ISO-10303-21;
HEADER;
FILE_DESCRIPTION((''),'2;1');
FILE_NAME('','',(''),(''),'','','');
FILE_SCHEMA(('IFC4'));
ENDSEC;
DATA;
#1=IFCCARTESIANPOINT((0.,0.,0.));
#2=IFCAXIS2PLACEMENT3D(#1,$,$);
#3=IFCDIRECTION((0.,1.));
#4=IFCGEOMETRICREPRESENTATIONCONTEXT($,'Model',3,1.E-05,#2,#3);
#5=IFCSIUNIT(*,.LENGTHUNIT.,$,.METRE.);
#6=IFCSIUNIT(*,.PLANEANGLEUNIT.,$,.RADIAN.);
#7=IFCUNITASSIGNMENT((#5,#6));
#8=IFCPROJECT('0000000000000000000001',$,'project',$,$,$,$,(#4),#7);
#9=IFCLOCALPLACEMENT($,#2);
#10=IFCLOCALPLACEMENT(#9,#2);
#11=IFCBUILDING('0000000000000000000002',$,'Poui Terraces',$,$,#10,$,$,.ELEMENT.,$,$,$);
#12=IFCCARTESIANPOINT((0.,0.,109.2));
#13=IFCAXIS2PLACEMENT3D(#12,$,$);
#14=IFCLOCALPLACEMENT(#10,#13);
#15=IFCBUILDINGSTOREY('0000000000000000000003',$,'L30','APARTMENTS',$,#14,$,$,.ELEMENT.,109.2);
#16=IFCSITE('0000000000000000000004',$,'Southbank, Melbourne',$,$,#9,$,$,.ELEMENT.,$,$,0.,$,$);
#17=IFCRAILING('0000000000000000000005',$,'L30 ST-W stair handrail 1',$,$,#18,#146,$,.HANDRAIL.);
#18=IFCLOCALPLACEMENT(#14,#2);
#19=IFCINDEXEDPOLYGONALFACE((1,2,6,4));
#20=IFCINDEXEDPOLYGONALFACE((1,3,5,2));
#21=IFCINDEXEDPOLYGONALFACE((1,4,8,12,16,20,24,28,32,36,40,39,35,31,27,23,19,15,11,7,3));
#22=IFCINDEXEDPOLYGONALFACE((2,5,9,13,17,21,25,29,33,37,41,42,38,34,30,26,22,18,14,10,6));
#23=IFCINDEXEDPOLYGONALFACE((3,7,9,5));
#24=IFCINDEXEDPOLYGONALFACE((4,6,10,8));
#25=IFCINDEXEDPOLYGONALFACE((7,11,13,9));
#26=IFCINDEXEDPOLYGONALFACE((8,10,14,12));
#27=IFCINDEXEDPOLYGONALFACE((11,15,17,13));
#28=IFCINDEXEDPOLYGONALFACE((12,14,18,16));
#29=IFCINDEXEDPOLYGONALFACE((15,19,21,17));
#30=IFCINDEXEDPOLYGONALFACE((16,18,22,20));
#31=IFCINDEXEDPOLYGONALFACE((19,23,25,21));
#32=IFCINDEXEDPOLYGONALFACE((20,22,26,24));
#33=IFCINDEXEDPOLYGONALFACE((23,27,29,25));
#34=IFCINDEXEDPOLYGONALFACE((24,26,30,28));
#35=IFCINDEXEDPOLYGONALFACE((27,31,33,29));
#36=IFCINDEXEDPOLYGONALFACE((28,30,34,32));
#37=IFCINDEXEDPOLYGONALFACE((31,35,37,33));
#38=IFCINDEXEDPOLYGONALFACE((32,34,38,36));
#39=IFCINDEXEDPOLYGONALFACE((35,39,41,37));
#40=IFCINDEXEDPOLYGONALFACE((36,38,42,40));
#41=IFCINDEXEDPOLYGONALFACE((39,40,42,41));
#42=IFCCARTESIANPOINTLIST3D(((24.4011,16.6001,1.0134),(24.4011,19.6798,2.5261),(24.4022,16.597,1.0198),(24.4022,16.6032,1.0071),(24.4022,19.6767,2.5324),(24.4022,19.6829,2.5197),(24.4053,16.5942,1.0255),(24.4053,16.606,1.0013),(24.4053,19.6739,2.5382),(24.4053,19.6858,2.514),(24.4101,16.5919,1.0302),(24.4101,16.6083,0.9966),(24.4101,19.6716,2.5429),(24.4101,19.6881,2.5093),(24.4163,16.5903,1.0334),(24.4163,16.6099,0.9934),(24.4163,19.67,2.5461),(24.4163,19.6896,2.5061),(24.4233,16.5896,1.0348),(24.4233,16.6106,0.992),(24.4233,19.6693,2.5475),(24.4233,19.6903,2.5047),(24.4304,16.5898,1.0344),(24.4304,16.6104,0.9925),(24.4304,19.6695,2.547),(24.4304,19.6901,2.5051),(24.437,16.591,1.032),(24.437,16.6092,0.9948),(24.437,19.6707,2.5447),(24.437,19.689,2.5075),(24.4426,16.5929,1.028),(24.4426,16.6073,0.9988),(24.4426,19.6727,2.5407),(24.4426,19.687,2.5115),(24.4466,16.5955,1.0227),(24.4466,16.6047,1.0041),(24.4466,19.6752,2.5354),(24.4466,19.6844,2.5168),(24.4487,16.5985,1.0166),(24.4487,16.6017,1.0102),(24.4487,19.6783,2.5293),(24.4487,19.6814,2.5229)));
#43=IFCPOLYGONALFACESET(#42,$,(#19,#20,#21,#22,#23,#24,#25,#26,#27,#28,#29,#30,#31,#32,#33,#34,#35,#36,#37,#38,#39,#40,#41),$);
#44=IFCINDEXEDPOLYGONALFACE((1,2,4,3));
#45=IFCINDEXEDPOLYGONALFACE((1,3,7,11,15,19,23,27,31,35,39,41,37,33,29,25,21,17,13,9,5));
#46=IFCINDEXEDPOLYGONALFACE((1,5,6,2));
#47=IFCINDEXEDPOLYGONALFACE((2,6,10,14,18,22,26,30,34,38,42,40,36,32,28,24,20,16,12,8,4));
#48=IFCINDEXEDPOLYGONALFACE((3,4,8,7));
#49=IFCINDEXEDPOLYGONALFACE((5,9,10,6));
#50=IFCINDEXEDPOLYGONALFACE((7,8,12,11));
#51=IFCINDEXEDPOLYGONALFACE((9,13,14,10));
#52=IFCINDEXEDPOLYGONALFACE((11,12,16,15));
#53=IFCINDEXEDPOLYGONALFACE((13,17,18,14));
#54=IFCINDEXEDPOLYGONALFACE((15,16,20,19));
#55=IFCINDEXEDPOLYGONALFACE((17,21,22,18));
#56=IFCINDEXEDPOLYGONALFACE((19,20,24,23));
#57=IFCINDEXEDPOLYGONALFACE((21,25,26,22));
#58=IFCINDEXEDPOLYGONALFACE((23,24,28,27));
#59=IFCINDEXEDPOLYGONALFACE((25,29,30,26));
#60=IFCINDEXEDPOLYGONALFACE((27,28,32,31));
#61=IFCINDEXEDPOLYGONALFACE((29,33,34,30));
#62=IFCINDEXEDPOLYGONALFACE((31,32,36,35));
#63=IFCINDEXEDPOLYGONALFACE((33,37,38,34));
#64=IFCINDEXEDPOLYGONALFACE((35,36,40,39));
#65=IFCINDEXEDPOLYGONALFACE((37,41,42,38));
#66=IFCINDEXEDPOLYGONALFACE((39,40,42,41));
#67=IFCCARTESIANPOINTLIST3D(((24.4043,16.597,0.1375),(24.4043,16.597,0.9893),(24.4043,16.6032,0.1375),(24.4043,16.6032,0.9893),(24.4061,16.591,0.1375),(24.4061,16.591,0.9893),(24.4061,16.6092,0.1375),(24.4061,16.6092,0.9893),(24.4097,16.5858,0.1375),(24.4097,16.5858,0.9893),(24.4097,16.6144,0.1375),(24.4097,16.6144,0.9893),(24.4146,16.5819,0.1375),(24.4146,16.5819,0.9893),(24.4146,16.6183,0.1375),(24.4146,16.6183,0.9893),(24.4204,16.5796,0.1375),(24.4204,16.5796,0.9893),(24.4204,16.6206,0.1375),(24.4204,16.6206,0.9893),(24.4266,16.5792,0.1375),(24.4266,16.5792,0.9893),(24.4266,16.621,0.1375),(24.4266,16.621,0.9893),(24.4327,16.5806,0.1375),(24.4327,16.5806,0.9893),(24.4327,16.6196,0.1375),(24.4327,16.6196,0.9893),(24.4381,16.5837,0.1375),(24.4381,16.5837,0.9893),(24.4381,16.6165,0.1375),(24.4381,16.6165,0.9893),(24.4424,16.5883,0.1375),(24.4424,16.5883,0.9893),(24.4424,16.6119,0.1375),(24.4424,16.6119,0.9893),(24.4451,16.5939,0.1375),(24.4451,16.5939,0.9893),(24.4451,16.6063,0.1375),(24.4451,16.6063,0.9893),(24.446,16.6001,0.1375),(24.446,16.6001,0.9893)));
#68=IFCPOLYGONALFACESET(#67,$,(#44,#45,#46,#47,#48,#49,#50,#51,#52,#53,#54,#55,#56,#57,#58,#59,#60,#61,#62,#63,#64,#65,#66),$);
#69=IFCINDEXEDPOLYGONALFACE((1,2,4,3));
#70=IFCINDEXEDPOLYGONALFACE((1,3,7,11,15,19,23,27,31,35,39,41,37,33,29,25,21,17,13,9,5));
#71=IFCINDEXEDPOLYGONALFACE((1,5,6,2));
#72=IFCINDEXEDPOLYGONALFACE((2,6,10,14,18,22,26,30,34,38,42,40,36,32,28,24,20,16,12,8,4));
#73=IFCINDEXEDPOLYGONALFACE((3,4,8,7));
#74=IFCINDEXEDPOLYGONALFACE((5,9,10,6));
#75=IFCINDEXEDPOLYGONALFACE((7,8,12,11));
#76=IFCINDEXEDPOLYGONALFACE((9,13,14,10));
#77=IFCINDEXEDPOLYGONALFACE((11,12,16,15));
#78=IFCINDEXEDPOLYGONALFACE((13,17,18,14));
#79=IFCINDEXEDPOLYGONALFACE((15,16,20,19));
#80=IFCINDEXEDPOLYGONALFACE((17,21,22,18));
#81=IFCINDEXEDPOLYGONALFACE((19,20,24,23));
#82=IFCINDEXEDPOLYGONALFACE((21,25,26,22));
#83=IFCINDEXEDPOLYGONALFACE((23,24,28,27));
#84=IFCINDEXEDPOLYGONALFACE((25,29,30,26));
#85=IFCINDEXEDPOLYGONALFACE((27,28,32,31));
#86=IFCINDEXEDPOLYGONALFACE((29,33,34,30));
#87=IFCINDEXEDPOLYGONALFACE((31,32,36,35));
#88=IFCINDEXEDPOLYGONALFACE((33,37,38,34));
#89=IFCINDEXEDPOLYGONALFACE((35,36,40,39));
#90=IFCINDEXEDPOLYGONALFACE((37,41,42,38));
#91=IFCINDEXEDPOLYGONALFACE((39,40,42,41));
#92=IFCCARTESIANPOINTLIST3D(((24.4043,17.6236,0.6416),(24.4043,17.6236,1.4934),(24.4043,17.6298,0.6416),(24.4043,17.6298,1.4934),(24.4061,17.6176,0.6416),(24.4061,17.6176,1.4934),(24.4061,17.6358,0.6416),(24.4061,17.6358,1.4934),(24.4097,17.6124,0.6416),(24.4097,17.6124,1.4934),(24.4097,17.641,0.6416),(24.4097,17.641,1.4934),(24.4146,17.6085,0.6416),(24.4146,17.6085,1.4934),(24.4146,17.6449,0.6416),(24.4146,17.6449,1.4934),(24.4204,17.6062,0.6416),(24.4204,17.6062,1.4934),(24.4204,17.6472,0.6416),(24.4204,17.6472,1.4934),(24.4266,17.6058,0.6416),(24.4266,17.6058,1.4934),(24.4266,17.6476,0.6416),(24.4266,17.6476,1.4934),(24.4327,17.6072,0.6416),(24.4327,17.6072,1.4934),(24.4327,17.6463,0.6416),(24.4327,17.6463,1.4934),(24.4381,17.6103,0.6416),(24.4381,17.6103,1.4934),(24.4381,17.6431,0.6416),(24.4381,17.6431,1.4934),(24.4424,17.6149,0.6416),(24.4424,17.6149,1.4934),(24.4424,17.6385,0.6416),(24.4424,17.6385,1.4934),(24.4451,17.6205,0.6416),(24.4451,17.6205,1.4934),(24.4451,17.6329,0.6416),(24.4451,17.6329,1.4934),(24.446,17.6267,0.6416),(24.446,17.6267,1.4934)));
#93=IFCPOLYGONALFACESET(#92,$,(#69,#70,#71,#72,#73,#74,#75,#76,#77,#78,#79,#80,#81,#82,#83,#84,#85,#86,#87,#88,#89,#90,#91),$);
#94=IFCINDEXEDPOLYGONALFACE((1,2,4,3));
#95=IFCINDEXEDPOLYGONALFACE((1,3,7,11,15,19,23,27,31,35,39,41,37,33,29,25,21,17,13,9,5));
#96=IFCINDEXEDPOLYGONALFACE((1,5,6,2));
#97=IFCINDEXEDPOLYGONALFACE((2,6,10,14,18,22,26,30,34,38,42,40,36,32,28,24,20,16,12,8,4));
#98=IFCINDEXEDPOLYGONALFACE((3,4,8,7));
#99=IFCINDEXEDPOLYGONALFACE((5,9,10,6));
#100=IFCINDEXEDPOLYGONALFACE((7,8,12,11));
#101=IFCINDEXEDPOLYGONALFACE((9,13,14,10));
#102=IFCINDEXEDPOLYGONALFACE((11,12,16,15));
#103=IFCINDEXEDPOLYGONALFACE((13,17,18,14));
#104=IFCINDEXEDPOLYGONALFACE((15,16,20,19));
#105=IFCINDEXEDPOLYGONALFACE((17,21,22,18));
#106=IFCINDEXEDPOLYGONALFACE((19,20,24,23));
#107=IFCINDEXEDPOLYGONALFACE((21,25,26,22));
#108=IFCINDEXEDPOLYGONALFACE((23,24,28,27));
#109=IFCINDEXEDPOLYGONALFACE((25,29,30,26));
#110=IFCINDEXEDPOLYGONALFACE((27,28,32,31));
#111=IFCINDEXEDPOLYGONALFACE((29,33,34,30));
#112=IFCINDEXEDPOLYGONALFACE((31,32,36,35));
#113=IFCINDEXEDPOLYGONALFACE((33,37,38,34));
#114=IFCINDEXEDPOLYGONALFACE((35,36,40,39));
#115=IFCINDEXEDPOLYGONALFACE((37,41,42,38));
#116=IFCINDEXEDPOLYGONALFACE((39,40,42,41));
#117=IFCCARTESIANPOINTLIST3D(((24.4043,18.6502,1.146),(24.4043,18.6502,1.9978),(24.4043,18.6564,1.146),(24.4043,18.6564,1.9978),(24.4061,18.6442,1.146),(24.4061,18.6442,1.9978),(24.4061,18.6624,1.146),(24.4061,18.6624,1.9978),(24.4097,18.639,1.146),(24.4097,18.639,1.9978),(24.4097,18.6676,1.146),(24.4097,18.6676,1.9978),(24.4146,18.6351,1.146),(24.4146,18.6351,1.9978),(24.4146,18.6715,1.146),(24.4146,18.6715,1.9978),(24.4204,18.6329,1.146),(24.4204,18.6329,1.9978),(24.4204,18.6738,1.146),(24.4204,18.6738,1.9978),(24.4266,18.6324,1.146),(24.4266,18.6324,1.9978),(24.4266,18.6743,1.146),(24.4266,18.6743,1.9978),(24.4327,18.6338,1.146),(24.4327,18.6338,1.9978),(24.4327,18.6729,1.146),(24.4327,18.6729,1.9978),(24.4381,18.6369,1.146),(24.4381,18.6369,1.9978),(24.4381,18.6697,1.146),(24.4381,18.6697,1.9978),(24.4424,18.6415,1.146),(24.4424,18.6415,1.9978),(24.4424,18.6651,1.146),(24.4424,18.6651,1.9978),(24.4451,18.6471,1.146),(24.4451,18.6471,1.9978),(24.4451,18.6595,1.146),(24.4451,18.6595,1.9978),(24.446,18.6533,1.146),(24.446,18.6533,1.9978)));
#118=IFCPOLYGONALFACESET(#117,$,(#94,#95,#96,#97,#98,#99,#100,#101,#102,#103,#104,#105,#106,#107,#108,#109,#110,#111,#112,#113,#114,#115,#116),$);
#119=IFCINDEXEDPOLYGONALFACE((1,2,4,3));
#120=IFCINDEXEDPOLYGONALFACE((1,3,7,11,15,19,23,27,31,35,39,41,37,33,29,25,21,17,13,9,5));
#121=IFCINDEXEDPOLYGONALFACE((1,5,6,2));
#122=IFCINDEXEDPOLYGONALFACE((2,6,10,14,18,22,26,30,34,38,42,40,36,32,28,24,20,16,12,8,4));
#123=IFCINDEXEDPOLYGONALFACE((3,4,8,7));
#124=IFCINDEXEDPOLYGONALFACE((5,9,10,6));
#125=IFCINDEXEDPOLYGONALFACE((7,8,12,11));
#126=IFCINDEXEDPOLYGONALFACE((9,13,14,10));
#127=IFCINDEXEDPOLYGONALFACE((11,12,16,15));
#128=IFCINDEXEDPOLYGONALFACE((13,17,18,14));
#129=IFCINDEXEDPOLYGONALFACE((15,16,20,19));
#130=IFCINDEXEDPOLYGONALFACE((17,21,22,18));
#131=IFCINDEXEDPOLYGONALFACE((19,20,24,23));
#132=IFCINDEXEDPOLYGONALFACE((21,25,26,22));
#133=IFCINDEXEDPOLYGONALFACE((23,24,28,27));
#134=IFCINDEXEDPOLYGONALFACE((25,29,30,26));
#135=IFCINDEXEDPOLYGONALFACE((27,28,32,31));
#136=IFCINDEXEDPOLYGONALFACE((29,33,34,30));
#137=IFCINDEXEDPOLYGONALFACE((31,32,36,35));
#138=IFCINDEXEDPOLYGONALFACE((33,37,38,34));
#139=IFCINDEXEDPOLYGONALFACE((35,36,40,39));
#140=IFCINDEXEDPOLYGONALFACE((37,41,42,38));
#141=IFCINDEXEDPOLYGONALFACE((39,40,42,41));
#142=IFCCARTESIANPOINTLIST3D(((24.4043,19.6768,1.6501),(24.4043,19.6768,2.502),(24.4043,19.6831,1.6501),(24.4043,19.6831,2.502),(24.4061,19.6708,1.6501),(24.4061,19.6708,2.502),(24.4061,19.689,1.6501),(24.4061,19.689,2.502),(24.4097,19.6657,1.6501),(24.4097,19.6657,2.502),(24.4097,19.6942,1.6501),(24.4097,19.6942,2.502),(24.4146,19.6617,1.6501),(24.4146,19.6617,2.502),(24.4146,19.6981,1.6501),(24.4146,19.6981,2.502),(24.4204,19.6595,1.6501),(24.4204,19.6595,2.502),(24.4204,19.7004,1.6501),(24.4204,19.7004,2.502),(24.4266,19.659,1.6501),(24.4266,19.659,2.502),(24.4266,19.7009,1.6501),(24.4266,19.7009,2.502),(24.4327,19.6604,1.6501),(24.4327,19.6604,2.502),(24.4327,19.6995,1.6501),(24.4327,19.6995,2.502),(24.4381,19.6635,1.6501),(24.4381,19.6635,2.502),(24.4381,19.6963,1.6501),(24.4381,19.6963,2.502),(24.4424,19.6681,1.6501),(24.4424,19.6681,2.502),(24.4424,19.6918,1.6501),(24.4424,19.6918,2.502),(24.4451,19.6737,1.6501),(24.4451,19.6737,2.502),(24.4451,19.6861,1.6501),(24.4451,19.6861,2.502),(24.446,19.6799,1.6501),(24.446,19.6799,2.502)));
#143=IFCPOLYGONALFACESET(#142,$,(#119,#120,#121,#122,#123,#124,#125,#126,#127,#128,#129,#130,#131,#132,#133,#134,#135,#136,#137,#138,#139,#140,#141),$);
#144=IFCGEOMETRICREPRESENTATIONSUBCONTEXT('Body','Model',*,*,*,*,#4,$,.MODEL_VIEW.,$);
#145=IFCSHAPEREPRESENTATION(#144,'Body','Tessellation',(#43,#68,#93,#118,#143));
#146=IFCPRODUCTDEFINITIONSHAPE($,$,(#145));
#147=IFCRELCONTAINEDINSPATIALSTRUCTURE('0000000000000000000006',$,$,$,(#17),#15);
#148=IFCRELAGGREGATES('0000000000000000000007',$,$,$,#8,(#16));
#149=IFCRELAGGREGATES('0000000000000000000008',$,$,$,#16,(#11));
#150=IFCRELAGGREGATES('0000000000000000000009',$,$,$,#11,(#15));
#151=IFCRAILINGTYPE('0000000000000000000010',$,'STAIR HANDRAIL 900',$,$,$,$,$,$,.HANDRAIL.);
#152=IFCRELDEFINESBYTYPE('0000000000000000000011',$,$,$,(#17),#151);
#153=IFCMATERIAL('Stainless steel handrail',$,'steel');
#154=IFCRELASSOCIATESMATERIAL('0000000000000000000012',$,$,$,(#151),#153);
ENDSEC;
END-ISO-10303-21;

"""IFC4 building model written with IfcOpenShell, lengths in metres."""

from ifc_helpers import new_model, si_unit, direction, frame, origin, origin_2d, place, context, subcontext, project, spatial, circle, extrude, material, type_object, element, save


model = new_model("IFC4")

# Units and contexts
model_context = context("Model", 3, precision=1e-05, world=origin(), true_north=direction((0.0, 1.0)))
body_context = subcontext(model_context, "Body", "Model", "MODEL_VIEW")
ifc_project = project(units=[si_unit("LENGTHUNIT", "METRE"), si_unit("PLANEANGLEUNIT", "RADIAN")], contexts=[model_context])

# Site, building, storey
site_placement = place(None, origin())
site = spatial("IfcSite", under=ifc_project, at=site_placement, Name="Southbank, Melbourne", CompositionType="ELEMENT", RefElevation=0.0)
building_placement = place(site_placement, origin())
building = spatial("IfcBuilding", under=site, at=building_placement, Name="Poui Terraces", CompositionType="ELEMENT")
storey_placement = place(building_placement, frame((0.0, 0.0, 109.2)))
storey = spatial("IfcBuildingStorey", under=building, at=storey_placement, Name="L30", Description="APARTMENTS", CompositionType="ELEMENT", Elevation=109.2)

# Railing
ifc_material_1 = material(Name="Stainless steel handrail", Category="steel")
railing_type_1 = type_object("IfcRailingType", Name="STAIR HANDRAIL 900", PredefinedType="HANDRAIL", material=ifc_material_1)
railing_1_placement = place(storey_placement, frame((24.425, 16.6001, 0.1375)))
element("IfcRailing", 1, at=railing_1_placement, inside=storey, type_object=railing_type_1, Name="L30 ST-W stair handrail 1", PredefinedType="HANDRAIL", context=body_context, shape_type="SweptSolid", body=[
    extrude(circle(Radius=0.0239, at=origin_2d()), frame((0.0, 0.0, 0.876), z_axis=(0.0, 0.897578, 0.440856), x_axis=(-1.0, 0.0, 0.0)), (0.0, 0.0, 1.0), 3.4312),
    extrude(circle(Radius=0.021, at=origin_2d()), origin(), (0.0, 0.0, 1.0), 0.8518),
    extrude(circle(Radius=0.021, at=origin_2d()), frame((0.0, 1.0266, 0.5042)), (0.0, 0.0, 1.0), 0.8518),
    extrude(circle(Radius=0.021, at=origin_2d()), frame((0.0, 2.0532, 1.0085)), (0.0, 0.0, 1.0), 0.8518),
    extrude(circle(Radius=0.021, at=origin_2d()), frame((0.0, 3.0798, 1.5127)), (0.0, 0.0, 1.0), 0.8518),
])

save(model, "model.ifc")
